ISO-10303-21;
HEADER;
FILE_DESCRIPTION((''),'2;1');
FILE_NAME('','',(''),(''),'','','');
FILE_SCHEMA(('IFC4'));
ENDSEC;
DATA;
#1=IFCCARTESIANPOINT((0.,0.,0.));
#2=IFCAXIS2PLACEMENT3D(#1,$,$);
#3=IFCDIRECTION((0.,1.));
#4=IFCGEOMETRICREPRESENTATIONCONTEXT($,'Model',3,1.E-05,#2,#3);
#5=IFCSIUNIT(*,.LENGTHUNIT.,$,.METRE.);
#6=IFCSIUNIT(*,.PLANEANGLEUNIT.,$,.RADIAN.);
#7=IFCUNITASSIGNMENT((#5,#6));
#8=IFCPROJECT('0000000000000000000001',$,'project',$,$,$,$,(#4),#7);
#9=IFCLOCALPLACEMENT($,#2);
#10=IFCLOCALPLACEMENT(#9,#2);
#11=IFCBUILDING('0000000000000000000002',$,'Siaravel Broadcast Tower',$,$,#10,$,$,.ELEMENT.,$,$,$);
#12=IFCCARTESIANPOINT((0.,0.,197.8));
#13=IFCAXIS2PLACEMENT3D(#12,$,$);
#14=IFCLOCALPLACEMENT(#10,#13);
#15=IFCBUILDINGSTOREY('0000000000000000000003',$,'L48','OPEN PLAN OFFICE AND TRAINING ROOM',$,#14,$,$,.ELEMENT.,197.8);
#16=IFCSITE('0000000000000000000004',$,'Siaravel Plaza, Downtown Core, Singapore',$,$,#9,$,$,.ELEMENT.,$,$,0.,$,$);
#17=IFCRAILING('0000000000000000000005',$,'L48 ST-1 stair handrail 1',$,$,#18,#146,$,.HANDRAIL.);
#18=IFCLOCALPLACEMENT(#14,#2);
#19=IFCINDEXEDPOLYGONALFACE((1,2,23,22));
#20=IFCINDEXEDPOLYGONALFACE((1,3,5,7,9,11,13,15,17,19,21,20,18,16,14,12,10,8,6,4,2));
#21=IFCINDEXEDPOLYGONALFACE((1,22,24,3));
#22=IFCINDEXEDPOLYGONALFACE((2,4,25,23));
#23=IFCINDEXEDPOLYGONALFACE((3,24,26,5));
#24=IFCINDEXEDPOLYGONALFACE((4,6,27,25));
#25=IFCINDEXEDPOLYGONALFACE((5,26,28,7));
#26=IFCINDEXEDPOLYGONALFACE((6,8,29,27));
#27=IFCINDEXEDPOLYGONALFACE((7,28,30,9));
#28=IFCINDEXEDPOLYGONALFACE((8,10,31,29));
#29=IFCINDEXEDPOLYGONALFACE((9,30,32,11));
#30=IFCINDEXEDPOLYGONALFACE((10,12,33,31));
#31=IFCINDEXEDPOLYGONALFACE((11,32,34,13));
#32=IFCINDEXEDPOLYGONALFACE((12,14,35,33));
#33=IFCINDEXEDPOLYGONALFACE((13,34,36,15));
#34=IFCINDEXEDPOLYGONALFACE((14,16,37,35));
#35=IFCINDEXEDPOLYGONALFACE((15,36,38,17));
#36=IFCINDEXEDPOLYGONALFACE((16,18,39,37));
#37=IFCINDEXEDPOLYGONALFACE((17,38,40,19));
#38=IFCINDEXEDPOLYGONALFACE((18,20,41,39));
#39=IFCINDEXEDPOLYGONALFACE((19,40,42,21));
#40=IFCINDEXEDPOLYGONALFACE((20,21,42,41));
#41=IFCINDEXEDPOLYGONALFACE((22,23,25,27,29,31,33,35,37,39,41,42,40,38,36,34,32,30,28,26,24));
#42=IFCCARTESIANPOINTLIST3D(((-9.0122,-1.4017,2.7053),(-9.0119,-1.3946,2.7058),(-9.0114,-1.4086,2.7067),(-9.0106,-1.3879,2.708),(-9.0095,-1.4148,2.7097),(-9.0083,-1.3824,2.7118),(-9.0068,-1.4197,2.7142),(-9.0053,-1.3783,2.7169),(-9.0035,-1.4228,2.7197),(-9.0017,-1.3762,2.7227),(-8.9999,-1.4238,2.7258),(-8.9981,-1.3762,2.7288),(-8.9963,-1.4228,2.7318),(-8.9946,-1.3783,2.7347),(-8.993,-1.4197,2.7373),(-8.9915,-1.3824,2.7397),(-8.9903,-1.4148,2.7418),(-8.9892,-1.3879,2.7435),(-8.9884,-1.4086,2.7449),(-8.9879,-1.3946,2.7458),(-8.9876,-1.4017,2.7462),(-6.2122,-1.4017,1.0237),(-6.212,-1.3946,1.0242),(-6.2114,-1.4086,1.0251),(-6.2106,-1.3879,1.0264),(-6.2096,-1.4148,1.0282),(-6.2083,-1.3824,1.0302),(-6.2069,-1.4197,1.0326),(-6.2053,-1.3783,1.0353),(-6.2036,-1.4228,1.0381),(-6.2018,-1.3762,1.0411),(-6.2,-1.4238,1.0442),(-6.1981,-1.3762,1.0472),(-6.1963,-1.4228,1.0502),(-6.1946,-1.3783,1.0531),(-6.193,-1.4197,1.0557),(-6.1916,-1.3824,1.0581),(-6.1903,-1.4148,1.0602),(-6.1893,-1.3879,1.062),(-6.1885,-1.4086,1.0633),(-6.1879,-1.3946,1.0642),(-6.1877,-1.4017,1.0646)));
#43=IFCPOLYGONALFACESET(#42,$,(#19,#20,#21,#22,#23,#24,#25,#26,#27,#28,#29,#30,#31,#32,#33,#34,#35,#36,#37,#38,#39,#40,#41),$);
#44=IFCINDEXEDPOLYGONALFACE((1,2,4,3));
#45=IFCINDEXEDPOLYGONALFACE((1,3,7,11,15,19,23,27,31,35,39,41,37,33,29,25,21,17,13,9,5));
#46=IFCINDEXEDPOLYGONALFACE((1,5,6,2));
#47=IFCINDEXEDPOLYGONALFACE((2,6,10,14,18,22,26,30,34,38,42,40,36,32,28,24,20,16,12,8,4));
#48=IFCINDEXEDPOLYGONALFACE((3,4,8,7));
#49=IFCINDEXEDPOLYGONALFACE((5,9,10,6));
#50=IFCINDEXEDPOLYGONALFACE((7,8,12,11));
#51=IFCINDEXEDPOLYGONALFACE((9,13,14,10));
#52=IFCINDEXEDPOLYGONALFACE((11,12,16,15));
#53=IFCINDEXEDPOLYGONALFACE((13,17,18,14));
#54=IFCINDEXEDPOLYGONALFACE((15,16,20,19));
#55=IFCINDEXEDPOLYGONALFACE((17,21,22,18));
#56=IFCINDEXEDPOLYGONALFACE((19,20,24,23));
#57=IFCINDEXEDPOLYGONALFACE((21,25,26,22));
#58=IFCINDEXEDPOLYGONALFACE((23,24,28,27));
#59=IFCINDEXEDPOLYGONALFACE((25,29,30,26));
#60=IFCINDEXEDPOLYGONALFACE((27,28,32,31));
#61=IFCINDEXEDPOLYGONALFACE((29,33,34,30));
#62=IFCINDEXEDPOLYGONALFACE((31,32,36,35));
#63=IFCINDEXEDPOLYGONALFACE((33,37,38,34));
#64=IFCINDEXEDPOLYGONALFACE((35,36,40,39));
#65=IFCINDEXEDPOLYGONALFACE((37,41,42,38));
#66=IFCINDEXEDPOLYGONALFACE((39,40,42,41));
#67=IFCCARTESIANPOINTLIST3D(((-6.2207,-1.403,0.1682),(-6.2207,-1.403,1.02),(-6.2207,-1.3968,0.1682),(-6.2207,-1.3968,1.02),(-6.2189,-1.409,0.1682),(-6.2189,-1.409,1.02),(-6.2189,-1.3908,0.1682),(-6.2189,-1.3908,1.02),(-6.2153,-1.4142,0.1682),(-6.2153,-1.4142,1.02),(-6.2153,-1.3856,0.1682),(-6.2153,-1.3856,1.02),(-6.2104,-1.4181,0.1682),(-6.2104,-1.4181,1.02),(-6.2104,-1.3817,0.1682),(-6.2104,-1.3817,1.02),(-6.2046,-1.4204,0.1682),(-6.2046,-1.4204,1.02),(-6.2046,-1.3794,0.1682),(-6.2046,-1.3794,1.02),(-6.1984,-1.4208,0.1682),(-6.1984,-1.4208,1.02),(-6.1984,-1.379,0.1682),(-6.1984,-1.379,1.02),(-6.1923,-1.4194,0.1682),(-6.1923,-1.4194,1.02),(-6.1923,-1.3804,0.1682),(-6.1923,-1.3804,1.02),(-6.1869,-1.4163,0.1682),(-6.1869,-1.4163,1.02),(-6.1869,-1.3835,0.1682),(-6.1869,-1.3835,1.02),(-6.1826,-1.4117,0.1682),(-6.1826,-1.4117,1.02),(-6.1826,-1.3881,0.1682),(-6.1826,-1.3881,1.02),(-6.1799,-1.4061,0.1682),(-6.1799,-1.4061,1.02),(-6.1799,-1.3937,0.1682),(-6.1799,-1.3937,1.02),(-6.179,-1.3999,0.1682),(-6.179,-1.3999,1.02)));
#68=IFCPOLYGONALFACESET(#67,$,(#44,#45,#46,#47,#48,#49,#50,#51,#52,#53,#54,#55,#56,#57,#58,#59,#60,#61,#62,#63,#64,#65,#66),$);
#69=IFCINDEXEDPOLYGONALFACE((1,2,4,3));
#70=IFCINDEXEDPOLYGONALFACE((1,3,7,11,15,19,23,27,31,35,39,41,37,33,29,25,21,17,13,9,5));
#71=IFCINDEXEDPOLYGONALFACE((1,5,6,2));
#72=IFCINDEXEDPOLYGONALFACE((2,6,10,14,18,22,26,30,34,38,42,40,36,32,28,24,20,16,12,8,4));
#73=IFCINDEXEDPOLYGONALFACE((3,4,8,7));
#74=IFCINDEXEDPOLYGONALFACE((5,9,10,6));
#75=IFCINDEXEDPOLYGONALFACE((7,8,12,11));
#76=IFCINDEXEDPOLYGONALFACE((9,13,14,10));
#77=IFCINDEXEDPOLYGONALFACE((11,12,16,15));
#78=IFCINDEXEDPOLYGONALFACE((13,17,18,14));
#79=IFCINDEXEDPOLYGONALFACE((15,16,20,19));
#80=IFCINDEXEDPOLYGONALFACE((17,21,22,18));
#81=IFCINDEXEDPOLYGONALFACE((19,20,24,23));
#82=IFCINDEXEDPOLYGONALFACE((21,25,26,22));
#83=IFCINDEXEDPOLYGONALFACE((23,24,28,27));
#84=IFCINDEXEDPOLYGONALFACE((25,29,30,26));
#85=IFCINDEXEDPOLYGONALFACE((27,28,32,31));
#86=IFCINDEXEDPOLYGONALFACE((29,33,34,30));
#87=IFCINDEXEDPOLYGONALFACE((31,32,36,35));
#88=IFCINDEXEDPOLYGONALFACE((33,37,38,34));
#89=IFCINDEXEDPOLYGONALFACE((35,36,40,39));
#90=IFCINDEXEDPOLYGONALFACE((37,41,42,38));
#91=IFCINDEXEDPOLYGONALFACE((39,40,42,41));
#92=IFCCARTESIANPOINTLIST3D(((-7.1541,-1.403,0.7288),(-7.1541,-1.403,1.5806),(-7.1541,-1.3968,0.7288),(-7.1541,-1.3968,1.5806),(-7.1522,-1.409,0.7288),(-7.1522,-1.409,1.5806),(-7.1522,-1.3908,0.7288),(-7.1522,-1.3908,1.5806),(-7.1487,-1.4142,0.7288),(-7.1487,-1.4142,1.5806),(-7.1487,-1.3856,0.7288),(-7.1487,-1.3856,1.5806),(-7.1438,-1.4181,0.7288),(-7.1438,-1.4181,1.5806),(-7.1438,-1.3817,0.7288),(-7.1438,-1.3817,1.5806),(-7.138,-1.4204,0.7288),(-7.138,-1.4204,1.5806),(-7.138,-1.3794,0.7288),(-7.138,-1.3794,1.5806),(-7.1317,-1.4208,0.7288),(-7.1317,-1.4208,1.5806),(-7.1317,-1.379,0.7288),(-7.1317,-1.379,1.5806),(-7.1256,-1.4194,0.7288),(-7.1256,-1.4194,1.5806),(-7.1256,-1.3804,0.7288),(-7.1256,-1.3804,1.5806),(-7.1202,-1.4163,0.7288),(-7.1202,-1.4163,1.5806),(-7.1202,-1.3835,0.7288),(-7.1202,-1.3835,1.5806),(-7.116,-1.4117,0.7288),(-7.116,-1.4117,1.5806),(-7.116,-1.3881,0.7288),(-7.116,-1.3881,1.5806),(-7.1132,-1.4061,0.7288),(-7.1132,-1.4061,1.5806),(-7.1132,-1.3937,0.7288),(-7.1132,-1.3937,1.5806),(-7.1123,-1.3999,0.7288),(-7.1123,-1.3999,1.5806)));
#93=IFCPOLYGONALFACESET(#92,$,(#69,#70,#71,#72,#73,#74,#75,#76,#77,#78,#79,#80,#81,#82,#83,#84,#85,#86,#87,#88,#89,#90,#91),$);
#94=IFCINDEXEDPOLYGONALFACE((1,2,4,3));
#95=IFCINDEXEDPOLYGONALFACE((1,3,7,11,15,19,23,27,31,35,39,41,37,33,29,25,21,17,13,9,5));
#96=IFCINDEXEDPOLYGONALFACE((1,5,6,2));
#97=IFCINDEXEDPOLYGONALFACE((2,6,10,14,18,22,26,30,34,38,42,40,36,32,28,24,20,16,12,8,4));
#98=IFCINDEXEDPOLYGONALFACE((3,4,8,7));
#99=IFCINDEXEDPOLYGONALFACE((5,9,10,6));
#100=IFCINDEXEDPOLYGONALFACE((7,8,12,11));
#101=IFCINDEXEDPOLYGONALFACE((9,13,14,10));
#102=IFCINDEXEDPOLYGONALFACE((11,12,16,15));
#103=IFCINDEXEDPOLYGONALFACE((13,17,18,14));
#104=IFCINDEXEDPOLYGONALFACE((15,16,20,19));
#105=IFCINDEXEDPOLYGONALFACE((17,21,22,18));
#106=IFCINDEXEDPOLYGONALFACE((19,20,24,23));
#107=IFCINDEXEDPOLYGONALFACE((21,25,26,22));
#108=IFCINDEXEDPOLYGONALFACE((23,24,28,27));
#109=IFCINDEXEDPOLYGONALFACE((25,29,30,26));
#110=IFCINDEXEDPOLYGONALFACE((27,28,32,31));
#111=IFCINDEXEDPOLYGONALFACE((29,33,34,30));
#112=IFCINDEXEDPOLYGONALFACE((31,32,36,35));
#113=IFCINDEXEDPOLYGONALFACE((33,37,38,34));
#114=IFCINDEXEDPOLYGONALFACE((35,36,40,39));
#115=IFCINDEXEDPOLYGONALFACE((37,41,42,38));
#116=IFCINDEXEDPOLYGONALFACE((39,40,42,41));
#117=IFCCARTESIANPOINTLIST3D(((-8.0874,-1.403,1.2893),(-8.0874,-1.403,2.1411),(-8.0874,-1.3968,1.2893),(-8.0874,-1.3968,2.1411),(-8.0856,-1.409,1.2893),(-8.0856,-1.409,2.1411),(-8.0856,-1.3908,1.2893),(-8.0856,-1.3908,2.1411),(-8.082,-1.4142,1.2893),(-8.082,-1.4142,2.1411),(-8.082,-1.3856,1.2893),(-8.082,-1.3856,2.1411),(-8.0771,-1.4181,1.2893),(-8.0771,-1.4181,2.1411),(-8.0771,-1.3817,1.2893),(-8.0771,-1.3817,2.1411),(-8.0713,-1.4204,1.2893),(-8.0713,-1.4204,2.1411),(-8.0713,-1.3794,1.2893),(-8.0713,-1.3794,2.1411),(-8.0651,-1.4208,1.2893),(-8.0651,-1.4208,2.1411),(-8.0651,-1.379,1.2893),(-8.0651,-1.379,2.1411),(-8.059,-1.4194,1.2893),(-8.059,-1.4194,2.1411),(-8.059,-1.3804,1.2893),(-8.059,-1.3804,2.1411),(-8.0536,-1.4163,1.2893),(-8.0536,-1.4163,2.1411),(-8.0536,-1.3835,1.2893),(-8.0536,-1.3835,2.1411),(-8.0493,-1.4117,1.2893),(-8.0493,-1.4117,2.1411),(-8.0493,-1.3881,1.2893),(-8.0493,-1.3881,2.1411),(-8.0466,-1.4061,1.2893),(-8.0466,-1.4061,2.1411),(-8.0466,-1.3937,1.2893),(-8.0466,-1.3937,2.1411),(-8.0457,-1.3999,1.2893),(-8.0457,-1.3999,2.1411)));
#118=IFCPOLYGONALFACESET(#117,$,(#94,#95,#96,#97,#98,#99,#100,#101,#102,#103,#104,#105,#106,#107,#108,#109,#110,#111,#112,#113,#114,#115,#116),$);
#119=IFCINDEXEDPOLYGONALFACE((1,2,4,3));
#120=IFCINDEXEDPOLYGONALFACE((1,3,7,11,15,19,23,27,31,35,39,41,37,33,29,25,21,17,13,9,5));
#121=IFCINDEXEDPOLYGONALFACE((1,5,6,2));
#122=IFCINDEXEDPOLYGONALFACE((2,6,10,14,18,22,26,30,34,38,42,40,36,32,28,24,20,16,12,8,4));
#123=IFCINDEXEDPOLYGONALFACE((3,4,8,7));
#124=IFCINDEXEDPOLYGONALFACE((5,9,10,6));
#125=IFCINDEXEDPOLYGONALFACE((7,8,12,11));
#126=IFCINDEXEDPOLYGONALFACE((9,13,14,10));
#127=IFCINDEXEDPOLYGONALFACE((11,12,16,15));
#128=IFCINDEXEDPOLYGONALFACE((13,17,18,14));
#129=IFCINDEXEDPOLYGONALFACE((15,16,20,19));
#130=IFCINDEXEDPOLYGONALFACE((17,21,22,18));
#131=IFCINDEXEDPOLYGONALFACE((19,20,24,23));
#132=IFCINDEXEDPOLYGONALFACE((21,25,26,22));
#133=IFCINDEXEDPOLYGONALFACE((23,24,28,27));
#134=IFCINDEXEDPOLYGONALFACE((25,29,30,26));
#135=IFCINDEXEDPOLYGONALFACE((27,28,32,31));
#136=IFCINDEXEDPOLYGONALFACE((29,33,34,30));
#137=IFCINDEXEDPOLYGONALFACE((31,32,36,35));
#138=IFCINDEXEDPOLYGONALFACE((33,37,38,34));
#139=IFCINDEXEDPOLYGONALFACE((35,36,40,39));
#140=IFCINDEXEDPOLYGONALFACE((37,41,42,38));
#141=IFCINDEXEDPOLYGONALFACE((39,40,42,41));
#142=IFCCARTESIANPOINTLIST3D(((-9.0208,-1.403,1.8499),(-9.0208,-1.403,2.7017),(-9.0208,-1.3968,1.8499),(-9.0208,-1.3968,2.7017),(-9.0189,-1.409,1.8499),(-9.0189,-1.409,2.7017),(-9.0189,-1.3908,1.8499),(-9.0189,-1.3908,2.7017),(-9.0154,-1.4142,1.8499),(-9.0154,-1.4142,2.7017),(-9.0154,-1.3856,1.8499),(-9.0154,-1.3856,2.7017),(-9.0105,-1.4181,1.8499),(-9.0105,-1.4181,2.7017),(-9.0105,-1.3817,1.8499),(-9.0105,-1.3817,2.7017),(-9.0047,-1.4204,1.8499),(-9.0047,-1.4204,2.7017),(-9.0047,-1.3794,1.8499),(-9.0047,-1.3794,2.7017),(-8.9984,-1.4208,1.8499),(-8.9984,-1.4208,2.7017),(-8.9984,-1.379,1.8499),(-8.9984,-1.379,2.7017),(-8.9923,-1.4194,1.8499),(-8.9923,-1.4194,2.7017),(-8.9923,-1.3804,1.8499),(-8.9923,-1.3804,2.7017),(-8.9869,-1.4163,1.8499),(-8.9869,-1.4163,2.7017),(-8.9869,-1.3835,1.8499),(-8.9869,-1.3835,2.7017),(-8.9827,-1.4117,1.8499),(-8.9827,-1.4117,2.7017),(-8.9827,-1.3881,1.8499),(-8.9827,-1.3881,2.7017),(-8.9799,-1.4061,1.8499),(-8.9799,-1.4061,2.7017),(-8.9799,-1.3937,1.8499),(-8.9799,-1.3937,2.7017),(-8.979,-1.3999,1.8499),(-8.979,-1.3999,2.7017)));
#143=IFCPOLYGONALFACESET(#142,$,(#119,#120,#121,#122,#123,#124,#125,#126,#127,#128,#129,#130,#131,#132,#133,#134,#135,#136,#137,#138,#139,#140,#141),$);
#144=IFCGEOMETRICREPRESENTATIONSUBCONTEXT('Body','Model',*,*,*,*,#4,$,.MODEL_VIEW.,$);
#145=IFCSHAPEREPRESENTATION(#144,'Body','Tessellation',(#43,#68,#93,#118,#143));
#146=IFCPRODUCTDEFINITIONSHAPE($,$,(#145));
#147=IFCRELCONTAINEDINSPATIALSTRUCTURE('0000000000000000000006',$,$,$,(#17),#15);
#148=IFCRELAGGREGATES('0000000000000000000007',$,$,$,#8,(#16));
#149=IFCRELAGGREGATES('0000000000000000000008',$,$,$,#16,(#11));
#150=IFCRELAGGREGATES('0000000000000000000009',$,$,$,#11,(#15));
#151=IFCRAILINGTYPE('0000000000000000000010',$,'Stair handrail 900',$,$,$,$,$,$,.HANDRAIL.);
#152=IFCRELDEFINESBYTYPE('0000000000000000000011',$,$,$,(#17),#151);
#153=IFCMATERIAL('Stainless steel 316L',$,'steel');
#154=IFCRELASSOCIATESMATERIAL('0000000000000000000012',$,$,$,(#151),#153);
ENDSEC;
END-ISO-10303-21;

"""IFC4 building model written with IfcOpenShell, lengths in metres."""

from ifc_helpers import new_model, si_unit, direction, frame, origin, origin_2d, place, context, subcontext, project, spatial, circle, extrude, material, type_object, element, save


model = new_model("IFC4")

# Units and contexts
model_context = context("Model", 3, precision=1e-05, world=origin(), true_north=direction((0.0, 1.0)))
body_context = subcontext(model_context, "Body", "Model", "MODEL_VIEW")
ifc_project = project(units=[si_unit("LENGTHUNIT", "METRE"), si_unit("PLANEANGLEUNIT", "RADIAN")], contexts=[model_context])

# Site, building, storey
site_placement = place(None, origin())
site = spatial("IfcSite", under=ifc_project, at=site_placement, Name="Siaravel Plaza, Downtown Core, Singapore", CompositionType="ELEMENT", RefElevation=0.0)
building_placement = place(site_placement, origin())
building = spatial("IfcBuilding", under=site, at=building_placement, Name="Siaravel Broadcast Tower", CompositionType="ELEMENT")
storey_placement = place(building_placement, frame((0.0, 0.0, 197.8)))
storey = spatial("IfcBuildingStorey", under=building, at=storey_placement, Name="L48", Description="OPEN PLAN OFFICE AND TRAINING ROOM", CompositionType="ELEMENT", Elevation=197.8)

# Shared definitions
ifc_material_1 = material(Name="Stainless steel 316L", Category="steel")

# Railing
railing_type_1 = type_object("IfcRailingType", Name="Stair handrail 900", PredefinedType="HANDRAIL", material=ifc_material_1)
railing_1_placement = place(storey_placement, frame((-6.2, -1.3999, 0.1682)))
element("IfcRailing", 1, at=railing_1_placement, inside=storey, type_object=railing_type_1, Name="L48 ST-1 stair handrail 1", PredefinedType="HANDRAIL", context=body_context, shape_type="SweptSolid", body=[
    extrude(circle(Radius=0.0239, at=origin_2d()), frame((0.0, 0.0, 0.876), z_axis=(-0.857275, 0.0, 0.514858), x_axis=(0.0, -1.0, 0.0)), (0.0, 0.0, 1.0), 3.2661),
    extrude(circle(Radius=0.021, at=origin_2d()), origin(), (0.0, 0.0, 1.0), 0.8518),
    extrude(circle(Radius=0.021, at=origin_2d()), frame((-0.9333, 0.0, 0.5605)), (0.0, 0.0, 1.0), 0.8518),
    extrude(circle(Radius=0.021, at=origin_2d()), frame((-1.8667, 0.0, 1.1211)), (0.0, 0.0, 1.0), 0.8518),
    extrude(circle(Radius=0.021, at=origin_2d()), frame((-2.8, 0.0, 1.6816)), (0.0, 0.0, 1.0), 0.8518),
])

save(model, "model.ifc")
